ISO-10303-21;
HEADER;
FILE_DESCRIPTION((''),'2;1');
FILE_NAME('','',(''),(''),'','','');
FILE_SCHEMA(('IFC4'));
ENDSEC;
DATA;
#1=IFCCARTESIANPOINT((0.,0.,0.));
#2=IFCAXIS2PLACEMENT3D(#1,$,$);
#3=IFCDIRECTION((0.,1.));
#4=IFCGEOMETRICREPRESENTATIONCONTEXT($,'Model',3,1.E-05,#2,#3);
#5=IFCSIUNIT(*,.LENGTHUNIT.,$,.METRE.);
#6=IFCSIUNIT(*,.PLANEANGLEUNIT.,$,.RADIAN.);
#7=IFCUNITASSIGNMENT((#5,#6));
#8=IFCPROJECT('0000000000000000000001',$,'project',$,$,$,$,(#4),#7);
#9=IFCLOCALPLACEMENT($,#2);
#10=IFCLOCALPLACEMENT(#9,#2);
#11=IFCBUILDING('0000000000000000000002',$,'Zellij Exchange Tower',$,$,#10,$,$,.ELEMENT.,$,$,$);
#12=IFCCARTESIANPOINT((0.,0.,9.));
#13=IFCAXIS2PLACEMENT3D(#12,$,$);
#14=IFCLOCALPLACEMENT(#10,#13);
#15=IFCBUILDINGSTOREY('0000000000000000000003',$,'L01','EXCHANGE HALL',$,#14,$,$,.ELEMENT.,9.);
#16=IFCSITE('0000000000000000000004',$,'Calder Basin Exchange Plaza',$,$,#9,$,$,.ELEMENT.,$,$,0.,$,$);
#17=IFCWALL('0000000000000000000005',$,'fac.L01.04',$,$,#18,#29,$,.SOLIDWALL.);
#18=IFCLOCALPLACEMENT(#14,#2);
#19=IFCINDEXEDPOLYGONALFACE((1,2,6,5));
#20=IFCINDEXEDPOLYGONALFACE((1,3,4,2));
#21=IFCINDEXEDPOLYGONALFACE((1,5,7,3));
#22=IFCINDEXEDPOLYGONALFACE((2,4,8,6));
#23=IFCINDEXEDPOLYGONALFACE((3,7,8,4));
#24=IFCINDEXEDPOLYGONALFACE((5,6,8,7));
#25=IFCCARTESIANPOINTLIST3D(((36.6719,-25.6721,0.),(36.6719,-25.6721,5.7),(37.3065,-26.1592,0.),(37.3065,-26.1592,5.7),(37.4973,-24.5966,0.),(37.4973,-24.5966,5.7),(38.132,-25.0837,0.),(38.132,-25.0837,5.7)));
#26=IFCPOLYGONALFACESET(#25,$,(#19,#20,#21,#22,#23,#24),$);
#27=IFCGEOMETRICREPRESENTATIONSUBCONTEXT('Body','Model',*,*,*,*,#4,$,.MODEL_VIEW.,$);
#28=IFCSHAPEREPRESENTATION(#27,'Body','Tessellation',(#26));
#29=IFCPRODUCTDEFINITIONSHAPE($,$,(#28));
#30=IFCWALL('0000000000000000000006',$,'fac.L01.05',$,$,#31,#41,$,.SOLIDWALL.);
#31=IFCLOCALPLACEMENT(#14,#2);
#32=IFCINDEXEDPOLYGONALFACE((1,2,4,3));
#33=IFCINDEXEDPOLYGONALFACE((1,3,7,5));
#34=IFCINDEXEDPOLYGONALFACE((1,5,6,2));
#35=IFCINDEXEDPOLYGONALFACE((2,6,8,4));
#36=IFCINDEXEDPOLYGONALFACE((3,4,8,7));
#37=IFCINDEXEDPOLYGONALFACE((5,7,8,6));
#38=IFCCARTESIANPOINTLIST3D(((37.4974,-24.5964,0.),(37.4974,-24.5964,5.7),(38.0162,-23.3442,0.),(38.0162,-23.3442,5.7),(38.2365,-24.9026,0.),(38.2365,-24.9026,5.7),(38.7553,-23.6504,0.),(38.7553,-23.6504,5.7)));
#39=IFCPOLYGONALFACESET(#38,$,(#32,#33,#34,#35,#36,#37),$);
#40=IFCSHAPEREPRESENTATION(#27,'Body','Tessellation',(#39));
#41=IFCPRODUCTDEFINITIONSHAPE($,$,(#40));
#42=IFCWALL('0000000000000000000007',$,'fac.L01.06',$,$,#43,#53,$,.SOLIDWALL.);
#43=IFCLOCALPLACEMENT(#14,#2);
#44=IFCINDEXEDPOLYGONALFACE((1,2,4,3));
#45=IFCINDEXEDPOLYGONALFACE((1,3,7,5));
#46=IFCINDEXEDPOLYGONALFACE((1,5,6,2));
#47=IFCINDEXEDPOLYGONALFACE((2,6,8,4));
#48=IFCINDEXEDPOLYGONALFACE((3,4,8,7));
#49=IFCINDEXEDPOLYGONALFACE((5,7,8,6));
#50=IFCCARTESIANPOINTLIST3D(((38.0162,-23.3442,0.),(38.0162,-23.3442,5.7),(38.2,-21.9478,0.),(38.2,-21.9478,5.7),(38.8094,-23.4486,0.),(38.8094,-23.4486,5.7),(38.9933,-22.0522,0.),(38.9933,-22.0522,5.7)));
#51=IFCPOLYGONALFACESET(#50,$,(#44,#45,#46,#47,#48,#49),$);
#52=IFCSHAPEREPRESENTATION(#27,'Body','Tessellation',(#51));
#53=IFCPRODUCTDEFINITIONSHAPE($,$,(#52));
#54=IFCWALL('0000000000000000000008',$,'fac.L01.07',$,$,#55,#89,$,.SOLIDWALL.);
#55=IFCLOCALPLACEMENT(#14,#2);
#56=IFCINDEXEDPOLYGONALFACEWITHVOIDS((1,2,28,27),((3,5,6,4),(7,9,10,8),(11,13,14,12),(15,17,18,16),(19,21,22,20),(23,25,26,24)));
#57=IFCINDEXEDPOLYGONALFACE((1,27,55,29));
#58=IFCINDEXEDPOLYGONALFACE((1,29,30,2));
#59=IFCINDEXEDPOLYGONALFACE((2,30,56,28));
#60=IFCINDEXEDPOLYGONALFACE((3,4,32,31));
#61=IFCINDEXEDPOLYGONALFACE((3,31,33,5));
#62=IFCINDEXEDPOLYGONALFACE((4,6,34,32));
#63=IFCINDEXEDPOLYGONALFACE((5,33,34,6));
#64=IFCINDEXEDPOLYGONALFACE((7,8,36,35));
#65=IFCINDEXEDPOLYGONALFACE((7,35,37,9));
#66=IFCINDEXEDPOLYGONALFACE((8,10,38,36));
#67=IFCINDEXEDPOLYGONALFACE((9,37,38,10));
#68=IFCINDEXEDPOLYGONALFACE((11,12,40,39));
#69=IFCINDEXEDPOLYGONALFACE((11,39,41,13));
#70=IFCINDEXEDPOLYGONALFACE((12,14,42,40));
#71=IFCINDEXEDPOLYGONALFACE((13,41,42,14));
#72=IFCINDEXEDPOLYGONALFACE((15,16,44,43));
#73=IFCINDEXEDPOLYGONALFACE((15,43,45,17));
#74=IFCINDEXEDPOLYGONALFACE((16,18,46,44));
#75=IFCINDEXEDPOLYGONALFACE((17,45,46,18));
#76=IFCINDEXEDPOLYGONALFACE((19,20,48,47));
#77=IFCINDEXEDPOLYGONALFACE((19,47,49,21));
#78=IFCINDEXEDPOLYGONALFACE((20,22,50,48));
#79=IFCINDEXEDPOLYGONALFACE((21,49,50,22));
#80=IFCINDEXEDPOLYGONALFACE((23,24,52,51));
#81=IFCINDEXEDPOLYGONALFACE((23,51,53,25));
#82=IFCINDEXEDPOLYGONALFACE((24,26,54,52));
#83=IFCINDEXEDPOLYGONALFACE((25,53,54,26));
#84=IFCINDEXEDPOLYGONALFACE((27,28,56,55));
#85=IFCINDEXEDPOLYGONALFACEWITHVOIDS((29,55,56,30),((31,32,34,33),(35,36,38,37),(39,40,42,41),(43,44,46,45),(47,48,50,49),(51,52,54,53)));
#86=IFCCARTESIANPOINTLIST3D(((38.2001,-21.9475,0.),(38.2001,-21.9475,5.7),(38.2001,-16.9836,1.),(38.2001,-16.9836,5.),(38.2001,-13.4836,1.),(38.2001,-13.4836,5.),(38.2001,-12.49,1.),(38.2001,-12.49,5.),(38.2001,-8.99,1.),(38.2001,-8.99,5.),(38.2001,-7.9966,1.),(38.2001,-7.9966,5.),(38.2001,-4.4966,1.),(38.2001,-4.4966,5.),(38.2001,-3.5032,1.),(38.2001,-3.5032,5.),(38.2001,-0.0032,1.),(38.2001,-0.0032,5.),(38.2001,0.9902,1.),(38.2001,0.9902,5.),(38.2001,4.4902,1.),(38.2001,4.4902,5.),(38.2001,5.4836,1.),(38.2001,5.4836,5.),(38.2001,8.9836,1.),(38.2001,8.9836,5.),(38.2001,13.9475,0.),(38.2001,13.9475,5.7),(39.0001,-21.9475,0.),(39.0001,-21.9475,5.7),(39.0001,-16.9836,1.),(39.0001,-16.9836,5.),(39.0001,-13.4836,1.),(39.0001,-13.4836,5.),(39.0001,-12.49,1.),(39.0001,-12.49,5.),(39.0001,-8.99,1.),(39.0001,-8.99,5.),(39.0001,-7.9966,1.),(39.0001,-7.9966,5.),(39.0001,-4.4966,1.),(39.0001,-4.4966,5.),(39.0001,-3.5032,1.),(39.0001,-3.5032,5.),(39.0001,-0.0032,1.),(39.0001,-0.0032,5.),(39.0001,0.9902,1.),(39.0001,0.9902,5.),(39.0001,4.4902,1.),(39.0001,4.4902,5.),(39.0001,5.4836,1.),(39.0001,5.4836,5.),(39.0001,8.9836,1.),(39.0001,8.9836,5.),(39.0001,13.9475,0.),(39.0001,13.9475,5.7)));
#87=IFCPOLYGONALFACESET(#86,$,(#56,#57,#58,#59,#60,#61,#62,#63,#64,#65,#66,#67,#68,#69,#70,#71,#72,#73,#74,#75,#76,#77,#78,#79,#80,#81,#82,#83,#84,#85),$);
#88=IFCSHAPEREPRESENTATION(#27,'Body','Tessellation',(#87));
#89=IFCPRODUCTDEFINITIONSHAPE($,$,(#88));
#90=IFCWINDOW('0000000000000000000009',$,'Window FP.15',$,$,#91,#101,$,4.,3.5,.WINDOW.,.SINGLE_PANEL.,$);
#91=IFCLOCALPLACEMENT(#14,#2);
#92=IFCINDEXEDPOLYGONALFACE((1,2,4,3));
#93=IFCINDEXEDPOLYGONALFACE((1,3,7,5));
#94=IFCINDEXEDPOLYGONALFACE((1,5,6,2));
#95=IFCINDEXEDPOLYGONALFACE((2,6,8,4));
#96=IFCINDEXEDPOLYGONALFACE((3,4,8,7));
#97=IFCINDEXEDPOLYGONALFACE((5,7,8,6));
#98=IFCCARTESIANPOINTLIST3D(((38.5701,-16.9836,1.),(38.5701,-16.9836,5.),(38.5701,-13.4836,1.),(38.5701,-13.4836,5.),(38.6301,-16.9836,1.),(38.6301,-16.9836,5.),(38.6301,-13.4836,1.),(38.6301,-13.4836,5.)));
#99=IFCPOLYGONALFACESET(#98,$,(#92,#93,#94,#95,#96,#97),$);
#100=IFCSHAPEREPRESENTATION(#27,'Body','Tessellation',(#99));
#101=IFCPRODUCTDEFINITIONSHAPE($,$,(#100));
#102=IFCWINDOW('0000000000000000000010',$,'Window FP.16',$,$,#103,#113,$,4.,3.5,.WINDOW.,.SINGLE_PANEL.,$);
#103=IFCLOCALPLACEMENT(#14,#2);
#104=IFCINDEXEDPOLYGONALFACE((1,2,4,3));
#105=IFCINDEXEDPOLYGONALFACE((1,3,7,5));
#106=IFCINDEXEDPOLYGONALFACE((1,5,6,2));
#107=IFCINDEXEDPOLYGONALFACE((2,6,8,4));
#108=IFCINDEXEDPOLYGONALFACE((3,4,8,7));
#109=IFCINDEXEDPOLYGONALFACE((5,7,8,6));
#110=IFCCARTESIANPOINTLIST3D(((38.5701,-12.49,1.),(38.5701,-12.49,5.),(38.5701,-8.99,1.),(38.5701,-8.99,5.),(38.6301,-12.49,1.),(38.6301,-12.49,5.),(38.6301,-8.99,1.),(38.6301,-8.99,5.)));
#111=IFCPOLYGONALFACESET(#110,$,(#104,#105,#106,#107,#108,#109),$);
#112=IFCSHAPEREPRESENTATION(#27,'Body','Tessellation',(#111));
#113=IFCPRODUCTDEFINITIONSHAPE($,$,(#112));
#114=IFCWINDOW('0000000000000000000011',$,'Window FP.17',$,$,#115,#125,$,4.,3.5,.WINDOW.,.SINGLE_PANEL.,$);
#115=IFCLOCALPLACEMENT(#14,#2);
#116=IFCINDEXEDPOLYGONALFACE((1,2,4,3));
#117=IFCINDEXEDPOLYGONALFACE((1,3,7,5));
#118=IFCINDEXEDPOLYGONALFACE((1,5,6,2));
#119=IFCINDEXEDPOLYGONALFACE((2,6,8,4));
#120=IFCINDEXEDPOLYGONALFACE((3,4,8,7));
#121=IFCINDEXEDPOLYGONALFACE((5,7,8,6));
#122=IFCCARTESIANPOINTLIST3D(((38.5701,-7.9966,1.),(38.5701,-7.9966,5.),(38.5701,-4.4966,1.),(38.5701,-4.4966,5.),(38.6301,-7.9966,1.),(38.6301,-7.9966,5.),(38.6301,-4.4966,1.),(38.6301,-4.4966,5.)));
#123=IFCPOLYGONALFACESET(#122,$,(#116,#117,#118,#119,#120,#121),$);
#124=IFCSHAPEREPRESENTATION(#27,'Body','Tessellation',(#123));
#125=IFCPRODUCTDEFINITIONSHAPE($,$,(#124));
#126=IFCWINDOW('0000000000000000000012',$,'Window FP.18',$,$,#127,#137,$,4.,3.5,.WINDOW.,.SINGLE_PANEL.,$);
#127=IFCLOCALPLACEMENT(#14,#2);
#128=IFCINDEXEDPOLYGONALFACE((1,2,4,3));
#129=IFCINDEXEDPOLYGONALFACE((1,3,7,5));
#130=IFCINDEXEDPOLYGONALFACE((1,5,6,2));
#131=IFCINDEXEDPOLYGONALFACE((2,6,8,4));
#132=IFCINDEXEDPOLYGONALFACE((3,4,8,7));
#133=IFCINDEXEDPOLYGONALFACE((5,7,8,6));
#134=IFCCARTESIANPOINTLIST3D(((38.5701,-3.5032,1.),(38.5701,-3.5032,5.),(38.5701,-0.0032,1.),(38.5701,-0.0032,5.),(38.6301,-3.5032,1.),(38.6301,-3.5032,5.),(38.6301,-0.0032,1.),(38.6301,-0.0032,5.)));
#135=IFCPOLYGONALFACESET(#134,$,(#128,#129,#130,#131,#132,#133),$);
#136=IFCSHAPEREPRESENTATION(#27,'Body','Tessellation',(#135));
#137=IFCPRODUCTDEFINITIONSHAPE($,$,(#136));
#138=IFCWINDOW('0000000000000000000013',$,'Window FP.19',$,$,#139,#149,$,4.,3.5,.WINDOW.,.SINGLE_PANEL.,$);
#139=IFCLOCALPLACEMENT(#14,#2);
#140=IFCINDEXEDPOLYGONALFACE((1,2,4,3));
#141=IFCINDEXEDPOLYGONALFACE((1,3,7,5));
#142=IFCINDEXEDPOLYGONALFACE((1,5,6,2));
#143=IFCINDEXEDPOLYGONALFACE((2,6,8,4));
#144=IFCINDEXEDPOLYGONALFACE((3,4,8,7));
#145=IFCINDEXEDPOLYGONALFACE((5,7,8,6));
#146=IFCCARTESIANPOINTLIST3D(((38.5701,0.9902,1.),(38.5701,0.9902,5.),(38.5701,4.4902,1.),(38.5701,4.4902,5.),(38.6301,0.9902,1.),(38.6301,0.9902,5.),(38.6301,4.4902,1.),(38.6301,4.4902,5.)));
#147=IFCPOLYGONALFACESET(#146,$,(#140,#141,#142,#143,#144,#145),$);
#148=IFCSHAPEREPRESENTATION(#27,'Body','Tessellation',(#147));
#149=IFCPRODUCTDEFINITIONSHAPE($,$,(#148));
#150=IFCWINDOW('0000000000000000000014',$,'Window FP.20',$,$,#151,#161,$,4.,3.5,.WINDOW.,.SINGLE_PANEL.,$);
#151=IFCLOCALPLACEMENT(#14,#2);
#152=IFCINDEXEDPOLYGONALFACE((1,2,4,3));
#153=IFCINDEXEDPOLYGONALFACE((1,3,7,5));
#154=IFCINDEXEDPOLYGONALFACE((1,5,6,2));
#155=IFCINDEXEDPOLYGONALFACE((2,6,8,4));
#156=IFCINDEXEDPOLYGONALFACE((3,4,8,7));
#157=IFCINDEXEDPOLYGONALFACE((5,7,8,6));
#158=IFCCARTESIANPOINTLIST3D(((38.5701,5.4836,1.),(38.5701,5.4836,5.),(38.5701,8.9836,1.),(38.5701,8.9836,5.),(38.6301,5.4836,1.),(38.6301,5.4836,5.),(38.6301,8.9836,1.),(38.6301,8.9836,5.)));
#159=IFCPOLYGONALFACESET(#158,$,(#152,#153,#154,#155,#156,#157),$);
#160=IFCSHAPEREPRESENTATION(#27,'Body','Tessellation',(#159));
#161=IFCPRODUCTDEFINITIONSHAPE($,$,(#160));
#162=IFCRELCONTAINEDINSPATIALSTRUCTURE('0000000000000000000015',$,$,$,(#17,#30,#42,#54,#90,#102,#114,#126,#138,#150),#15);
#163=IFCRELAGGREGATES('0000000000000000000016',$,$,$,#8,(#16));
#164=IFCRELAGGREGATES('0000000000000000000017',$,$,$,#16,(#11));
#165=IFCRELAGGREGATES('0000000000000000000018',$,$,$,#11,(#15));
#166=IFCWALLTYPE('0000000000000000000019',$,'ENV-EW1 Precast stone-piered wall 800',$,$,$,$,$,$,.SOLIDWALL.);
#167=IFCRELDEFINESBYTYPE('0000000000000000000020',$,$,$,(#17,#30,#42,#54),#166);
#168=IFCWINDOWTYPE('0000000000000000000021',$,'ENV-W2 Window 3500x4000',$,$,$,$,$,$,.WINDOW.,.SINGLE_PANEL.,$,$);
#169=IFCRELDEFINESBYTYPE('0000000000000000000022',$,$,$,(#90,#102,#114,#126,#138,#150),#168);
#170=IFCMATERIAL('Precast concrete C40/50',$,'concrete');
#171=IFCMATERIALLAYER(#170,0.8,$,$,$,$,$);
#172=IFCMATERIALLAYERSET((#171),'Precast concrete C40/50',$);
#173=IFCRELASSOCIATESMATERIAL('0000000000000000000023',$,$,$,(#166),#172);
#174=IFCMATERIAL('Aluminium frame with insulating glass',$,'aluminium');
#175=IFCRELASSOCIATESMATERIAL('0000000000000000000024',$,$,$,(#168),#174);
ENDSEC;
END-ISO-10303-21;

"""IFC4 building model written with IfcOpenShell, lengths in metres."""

from ifc_helpers import new_model, si_unit, direction, frame, frame_2d, origin, place, context, subcontext, project, spatial, rectangle, extrude, material, layer, layer_set, type_object, element, fill, save


model = new_model("IFC4")

# Units and contexts
model_context = context("Model", 3, precision=1e-05, world=origin(), true_north=direction((0.0, 1.0)))
body_context = subcontext(model_context, "Body", "Model", "MODEL_VIEW")
ifc_project = project(units=[si_unit("LENGTHUNIT", "METRE"), si_unit("PLANEANGLEUNIT", "RADIAN")], contexts=[model_context])

# Site, building, storey
site_placement = place(None, origin())
site = spatial("IfcSite", under=ifc_project, at=site_placement, Name="Calder Basin Exchange Plaza", CompositionType="ELEMENT", RefElevation=0.0)
building_placement = place(site_placement, origin())
building = spatial("IfcBuilding", under=site, at=building_placement, Name="Zellij Exchange Tower", CompositionType="ELEMENT")
storey_placement = place(building_placement, frame((0.0, 0.0, 9.0)))
storey = spatial("IfcBuildingStorey", under=building, at=storey_placement, Name="L01", Description="EXCHANGE HALL", CompositionType="ELEMENT", Elevation=9.0)

# Walls
ifc_material_1 = material(Name="Precast concrete C40/50", Category="concrete")
ifc_layer_1 = layer(ifc_material_1, 0.8)
ifc_layer_set_1 = layer_set([ifc_layer_1], Name="Precast concrete C40/50")
wall_type_1 = type_object("IfcWallType", Name="ENV-EW1 Precast stone-piered wall 800", PredefinedType="SOLIDWALL", material=ifc_layer_set_1)
for number, where, z_axis, x_axis, name in (
    (1, (36.9893, -25.9155, 0.0), (0.0, 0.0, 1.0), (0.608866, 0.793273, 0.0), "fac.L01.04"),
):
    element("IfcWall", number, at=place(storey_placement, frame(where, z_axis=z_axis, x_axis=x_axis)), inside=storey, type_object=wall_type_1, Name=name, PredefinedType="SOLIDWALL", context=body_context, shape_type="SweptSolid", body=[
        extrude(rectangle(XDim=1.3557, YDim=0.8, at=frame_2d((0.6777, 0.0))), origin(), (0.0, 0.0, 1.0), 5.7),
    ])
wall_1_placement = place(storey_placement, frame((37.8669, -24.7495, 0.0), z_axis=(0.0, 0.0, 1.0), x_axis=(0.38276, 0.923848, 0.0)))
element("IfcWall", 2, at=wall_1_placement, inside=storey, type_object=wall_type_1, Name="fac.L01.05", PredefinedType="SOLIDWALL", context=body_context, shape_type="SweptSolid", body=[
    extrude(rectangle(XDim=1.3555, YDim=0.8, at=frame_2d((0.6777, 0.0))), origin(), (0.0, 0.0, 1.0), 5.7),
])
wall_2_placement = place(storey_placement, frame((38.4128, -23.3962, 0.0), z_axis=(0.0, 0.0, 1.0), x_axis=(0.130517, 0.991446, 0.0)))
element("IfcWall", 3, at=wall_2_placement, inside=storey, type_object=wall_type_1, Name="fac.L01.06", PredefinedType="SOLIDWALL", context=body_context, shape_type="SweptSolid", body=[
    extrude(rectangle(XDim=1.4084, YDim=0.8, at=frame_2d((0.7041, 0.0))), origin(), (0.0, 0.0, 1.0), 5.7),
])

# Wall, openings, windows
wall_3_placement = place(storey_placement, frame((38.6001, -21.9475, 0.0), z_axis=(0.0, 0.0, 1.0), x_axis=(0.0, 1.0, 0.0)))
wall_3 = element("IfcWall", 4, at=wall_3_placement, inside=storey, type_object=wall_type_1, Name="fac.L01.07", PredefinedType="SOLIDWALL", context=body_context, shape_type="SweptSolid", body=[
    extrude(rectangle(XDim=35.895, YDim=0.8, at=frame_2d((17.9475, 0.0))), origin(), (0.0, 0.0, 1.0), 5.7),
])
opening_1_placement = place(wall_3_placement, frame((4.9639, 0.0, 1.0)))
opening_1 = element("IfcOpeningElement", 5, at=opening_1_placement, cuts=wall_3, PredefinedType="OPENING", context=body_context, shape_type="SweptSolid", body=[
    extrude(rectangle(XDim=3.5, YDim=4.0, at=frame_2d((1.75, 2.0))), frame((0.0, 0.4121, 0.0), z_axis=(0.0, -1.0, 0.0), x_axis=(1.0, 0.0, 0.0)), (0.0, 0.0, 1.0), 0.824),
])
opening_2_placement = place(wall_3_placement, frame((9.4575, 0.0, 1.0)))
opening_2 = element("IfcOpeningElement", 6, at=opening_2_placement, cuts=wall_3, PredefinedType="OPENING", context=body_context, shape_type="SweptSolid", body=[
    extrude(rectangle(XDim=3.5, YDim=4.0, at=frame_2d((1.75, 2.0))), frame((0.0, 0.4121, 0.0), z_axis=(0.0, -1.0, 0.0), x_axis=(1.0, 0.0, 0.0)), (0.0, 0.0, 1.0), 0.824),
])
opening_3_placement = place(wall_3_placement, frame((13.9509, 0.0, 1.0)))
opening_3 = element("IfcOpeningElement", 7, at=opening_3_placement, cuts=wall_3, PredefinedType="OPENING", context=body_context, shape_type="SweptSolid", body=[
    extrude(rectangle(XDim=3.5, YDim=4.0, at=frame_2d((1.75, 2.0))), frame((0.0, 0.4121, 0.0), z_axis=(0.0, -1.0, 0.0), x_axis=(1.0, 0.0, 0.0)), (0.0, 0.0, 1.0), 0.824),
])
opening_4_placement = place(wall_3_placement, frame((18.4443, 0.0, 1.0)))
opening_4 = element("IfcOpeningElement", 8, at=opening_4_placement, cuts=wall_3, PredefinedType="OPENING", context=body_context, shape_type="SweptSolid", body=[
    extrude(rectangle(XDim=3.5, YDim=4.0, at=frame_2d((1.75, 2.0))), frame((0.0, 0.4121, 0.0), z_axis=(0.0, -1.0, 0.0), x_axis=(1.0, 0.0, 0.0)), (0.0, 0.0, 1.0), 0.824),
])
opening_5_placement = place(wall_3_placement, frame((22.9377, 0.0, 1.0)))
opening_5 = element("IfcOpeningElement", 9, at=opening_5_placement, cuts=wall_3, PredefinedType="OPENING", context=body_context, shape_type="SweptSolid", body=[
    extrude(rectangle(XDim=3.5, YDim=4.0, at=frame_2d((1.75, 2.0))), frame((0.0, 0.4121, 0.0), z_axis=(0.0, -1.0, 0.0), x_axis=(1.0, 0.0, 0.0)), (0.0, 0.0, 1.0), 0.824),
])
opening_6_placement = place(wall_3_placement, frame((27.4312, 0.0, 1.0)))
opening_6 = element("IfcOpeningElement", 10, at=opening_6_placement, cuts=wall_3, PredefinedType="OPENING", context=body_context, shape_type="SweptSolid", body=[
    extrude(rectangle(XDim=3.5, YDim=4.0, at=frame_2d((1.75, 2.0))), frame((0.0, 0.4121, 0.0), z_axis=(0.0, -1.0, 0.0), x_axis=(1.0, 0.0, 0.0)), (0.0, 0.0, 1.0), 0.824),
])
ifc_material_2 = material(Name="Aluminium frame with insulating glass", Category="aluminium")
window_type = type_object("IfcWindowType", Name="ENV-W2 Window 3500x4000", PartitioningType="SINGLE_PANEL", PredefinedType="WINDOW", material=ifc_material_2)
window_1_placement = place(opening_1_placement, origin())
window_1 = element("IfcWindow", 11, at=window_1_placement, inside=storey, type_object=window_type, Name="Window FP.15", OverallHeight=4.0, OverallWidth=3.5, PartitioningType="SINGLE_PANEL", PredefinedType="WINDOW", context=body_context, shape_type="SweptSolid", body=[
    extrude(rectangle(XDim=3.5, YDim=4.0, at=frame_2d((1.75, 2.0))), frame((0.0, 0.03, 0.0), z_axis=(0.0, -1.0, 0.0), x_axis=(1.0, 0.0, 0.0)), (0.0, 0.0, 1.0), 0.0601),
])
fill(opening_1, window_1)
window_2_placement = place(opening_2_placement, origin())
window_2 = element("IfcWindow", 12, at=window_2_placement, inside=storey, type_object=window_type, Name="Window FP.16", OverallHeight=4.0, OverallWidth=3.5, PartitioningType="SINGLE_PANEL", PredefinedType="WINDOW", context=body_context, shape_type="SweptSolid", body=[
    extrude(rectangle(XDim=3.5, YDim=4.0, at=frame_2d((1.75, 2.0))), frame((0.0, 0.03, 0.0), z_axis=(0.0, -1.0, 0.0), x_axis=(1.0, 0.0, 0.0)), (0.0, 0.0, 1.0), 0.0601),
])
fill(opening_2, window_2)
window_3_placement = place(opening_3_placement, origin())
window_3 = element("IfcWindow", 13, at=window_3_placement, inside=storey, type_object=window_type, Name="Window FP.17", OverallHeight=4.0, OverallWidth=3.5, PartitioningType="SINGLE_PANEL", PredefinedType="WINDOW", context=body_context, shape_type="SweptSolid", body=[
    extrude(rectangle(XDim=3.5, YDim=4.0, at=frame_2d((1.75, 2.0))), frame((0.0, 0.03, 0.0), z_axis=(0.0, -1.0, 0.0), x_axis=(1.0, 0.0, 0.0)), (0.0, 0.0, 1.0), 0.0601),
])
fill(opening_3, window_3)
window_4_placement = place(opening_4_placement, origin())
window_4 = element("IfcWindow", 14, at=window_4_placement, inside=storey, type_object=window_type, Name="Window FP.18", OverallHeight=4.0, OverallWidth=3.5, PartitioningType="SINGLE_PANEL", PredefinedType="WINDOW", context=body_context, shape_type="SweptSolid", body=[
    extrude(rectangle(XDim=3.5, YDim=4.0, at=frame_2d((1.75, 2.0))), frame((0.0, 0.03, 0.0), z_axis=(0.0, -1.0, 0.0), x_axis=(1.0, 0.0, 0.0)), (0.0, 0.0, 1.0), 0.0601),
])
fill(opening_4, window_4)
window_5_placement = place(opening_5_placement, origin())
window_5 = element("IfcWindow", 15, at=window_5_placement, inside=storey, type_object=window_type, Name="Window FP.19", OverallHeight=4.0, OverallWidth=3.5, PartitioningType="SINGLE_PANEL", PredefinedType="WINDOW", context=body_context, shape_type="SweptSolid", body=[
    extrude(rectangle(XDim=3.5, YDim=4.0, at=frame_2d((1.75, 2.0))), frame((0.0, 0.03, 0.0), z_axis=(0.0, -1.0, 0.0), x_axis=(1.0, 0.0, 0.0)), (0.0, 0.0, 1.0), 0.0601),
])
fill(opening_5, window_5)
window_6_placement = place(opening_6_placement, origin())
window_6 = element("IfcWindow", 16, at=window_6_placement, inside=storey, type_object=window_type, Name="Window FP.20", OverallHeight=4.0, OverallWidth=3.5, PartitioningType="SINGLE_PANEL", PredefinedType="WINDOW", context=body_context, shape_type="SweptSolid", body=[
    extrude(rectangle(XDim=3.5, YDim=4.0, at=frame_2d((1.75, 2.0))), frame((0.0, 0.03, 0.0), z_axis=(0.0, -1.0, 0.0), x_axis=(1.0, 0.0, 0.0)), (0.0, 0.0, 1.0), 0.0601),
])
fill(opening_6, window_6)

save(model, "model.ifc")
